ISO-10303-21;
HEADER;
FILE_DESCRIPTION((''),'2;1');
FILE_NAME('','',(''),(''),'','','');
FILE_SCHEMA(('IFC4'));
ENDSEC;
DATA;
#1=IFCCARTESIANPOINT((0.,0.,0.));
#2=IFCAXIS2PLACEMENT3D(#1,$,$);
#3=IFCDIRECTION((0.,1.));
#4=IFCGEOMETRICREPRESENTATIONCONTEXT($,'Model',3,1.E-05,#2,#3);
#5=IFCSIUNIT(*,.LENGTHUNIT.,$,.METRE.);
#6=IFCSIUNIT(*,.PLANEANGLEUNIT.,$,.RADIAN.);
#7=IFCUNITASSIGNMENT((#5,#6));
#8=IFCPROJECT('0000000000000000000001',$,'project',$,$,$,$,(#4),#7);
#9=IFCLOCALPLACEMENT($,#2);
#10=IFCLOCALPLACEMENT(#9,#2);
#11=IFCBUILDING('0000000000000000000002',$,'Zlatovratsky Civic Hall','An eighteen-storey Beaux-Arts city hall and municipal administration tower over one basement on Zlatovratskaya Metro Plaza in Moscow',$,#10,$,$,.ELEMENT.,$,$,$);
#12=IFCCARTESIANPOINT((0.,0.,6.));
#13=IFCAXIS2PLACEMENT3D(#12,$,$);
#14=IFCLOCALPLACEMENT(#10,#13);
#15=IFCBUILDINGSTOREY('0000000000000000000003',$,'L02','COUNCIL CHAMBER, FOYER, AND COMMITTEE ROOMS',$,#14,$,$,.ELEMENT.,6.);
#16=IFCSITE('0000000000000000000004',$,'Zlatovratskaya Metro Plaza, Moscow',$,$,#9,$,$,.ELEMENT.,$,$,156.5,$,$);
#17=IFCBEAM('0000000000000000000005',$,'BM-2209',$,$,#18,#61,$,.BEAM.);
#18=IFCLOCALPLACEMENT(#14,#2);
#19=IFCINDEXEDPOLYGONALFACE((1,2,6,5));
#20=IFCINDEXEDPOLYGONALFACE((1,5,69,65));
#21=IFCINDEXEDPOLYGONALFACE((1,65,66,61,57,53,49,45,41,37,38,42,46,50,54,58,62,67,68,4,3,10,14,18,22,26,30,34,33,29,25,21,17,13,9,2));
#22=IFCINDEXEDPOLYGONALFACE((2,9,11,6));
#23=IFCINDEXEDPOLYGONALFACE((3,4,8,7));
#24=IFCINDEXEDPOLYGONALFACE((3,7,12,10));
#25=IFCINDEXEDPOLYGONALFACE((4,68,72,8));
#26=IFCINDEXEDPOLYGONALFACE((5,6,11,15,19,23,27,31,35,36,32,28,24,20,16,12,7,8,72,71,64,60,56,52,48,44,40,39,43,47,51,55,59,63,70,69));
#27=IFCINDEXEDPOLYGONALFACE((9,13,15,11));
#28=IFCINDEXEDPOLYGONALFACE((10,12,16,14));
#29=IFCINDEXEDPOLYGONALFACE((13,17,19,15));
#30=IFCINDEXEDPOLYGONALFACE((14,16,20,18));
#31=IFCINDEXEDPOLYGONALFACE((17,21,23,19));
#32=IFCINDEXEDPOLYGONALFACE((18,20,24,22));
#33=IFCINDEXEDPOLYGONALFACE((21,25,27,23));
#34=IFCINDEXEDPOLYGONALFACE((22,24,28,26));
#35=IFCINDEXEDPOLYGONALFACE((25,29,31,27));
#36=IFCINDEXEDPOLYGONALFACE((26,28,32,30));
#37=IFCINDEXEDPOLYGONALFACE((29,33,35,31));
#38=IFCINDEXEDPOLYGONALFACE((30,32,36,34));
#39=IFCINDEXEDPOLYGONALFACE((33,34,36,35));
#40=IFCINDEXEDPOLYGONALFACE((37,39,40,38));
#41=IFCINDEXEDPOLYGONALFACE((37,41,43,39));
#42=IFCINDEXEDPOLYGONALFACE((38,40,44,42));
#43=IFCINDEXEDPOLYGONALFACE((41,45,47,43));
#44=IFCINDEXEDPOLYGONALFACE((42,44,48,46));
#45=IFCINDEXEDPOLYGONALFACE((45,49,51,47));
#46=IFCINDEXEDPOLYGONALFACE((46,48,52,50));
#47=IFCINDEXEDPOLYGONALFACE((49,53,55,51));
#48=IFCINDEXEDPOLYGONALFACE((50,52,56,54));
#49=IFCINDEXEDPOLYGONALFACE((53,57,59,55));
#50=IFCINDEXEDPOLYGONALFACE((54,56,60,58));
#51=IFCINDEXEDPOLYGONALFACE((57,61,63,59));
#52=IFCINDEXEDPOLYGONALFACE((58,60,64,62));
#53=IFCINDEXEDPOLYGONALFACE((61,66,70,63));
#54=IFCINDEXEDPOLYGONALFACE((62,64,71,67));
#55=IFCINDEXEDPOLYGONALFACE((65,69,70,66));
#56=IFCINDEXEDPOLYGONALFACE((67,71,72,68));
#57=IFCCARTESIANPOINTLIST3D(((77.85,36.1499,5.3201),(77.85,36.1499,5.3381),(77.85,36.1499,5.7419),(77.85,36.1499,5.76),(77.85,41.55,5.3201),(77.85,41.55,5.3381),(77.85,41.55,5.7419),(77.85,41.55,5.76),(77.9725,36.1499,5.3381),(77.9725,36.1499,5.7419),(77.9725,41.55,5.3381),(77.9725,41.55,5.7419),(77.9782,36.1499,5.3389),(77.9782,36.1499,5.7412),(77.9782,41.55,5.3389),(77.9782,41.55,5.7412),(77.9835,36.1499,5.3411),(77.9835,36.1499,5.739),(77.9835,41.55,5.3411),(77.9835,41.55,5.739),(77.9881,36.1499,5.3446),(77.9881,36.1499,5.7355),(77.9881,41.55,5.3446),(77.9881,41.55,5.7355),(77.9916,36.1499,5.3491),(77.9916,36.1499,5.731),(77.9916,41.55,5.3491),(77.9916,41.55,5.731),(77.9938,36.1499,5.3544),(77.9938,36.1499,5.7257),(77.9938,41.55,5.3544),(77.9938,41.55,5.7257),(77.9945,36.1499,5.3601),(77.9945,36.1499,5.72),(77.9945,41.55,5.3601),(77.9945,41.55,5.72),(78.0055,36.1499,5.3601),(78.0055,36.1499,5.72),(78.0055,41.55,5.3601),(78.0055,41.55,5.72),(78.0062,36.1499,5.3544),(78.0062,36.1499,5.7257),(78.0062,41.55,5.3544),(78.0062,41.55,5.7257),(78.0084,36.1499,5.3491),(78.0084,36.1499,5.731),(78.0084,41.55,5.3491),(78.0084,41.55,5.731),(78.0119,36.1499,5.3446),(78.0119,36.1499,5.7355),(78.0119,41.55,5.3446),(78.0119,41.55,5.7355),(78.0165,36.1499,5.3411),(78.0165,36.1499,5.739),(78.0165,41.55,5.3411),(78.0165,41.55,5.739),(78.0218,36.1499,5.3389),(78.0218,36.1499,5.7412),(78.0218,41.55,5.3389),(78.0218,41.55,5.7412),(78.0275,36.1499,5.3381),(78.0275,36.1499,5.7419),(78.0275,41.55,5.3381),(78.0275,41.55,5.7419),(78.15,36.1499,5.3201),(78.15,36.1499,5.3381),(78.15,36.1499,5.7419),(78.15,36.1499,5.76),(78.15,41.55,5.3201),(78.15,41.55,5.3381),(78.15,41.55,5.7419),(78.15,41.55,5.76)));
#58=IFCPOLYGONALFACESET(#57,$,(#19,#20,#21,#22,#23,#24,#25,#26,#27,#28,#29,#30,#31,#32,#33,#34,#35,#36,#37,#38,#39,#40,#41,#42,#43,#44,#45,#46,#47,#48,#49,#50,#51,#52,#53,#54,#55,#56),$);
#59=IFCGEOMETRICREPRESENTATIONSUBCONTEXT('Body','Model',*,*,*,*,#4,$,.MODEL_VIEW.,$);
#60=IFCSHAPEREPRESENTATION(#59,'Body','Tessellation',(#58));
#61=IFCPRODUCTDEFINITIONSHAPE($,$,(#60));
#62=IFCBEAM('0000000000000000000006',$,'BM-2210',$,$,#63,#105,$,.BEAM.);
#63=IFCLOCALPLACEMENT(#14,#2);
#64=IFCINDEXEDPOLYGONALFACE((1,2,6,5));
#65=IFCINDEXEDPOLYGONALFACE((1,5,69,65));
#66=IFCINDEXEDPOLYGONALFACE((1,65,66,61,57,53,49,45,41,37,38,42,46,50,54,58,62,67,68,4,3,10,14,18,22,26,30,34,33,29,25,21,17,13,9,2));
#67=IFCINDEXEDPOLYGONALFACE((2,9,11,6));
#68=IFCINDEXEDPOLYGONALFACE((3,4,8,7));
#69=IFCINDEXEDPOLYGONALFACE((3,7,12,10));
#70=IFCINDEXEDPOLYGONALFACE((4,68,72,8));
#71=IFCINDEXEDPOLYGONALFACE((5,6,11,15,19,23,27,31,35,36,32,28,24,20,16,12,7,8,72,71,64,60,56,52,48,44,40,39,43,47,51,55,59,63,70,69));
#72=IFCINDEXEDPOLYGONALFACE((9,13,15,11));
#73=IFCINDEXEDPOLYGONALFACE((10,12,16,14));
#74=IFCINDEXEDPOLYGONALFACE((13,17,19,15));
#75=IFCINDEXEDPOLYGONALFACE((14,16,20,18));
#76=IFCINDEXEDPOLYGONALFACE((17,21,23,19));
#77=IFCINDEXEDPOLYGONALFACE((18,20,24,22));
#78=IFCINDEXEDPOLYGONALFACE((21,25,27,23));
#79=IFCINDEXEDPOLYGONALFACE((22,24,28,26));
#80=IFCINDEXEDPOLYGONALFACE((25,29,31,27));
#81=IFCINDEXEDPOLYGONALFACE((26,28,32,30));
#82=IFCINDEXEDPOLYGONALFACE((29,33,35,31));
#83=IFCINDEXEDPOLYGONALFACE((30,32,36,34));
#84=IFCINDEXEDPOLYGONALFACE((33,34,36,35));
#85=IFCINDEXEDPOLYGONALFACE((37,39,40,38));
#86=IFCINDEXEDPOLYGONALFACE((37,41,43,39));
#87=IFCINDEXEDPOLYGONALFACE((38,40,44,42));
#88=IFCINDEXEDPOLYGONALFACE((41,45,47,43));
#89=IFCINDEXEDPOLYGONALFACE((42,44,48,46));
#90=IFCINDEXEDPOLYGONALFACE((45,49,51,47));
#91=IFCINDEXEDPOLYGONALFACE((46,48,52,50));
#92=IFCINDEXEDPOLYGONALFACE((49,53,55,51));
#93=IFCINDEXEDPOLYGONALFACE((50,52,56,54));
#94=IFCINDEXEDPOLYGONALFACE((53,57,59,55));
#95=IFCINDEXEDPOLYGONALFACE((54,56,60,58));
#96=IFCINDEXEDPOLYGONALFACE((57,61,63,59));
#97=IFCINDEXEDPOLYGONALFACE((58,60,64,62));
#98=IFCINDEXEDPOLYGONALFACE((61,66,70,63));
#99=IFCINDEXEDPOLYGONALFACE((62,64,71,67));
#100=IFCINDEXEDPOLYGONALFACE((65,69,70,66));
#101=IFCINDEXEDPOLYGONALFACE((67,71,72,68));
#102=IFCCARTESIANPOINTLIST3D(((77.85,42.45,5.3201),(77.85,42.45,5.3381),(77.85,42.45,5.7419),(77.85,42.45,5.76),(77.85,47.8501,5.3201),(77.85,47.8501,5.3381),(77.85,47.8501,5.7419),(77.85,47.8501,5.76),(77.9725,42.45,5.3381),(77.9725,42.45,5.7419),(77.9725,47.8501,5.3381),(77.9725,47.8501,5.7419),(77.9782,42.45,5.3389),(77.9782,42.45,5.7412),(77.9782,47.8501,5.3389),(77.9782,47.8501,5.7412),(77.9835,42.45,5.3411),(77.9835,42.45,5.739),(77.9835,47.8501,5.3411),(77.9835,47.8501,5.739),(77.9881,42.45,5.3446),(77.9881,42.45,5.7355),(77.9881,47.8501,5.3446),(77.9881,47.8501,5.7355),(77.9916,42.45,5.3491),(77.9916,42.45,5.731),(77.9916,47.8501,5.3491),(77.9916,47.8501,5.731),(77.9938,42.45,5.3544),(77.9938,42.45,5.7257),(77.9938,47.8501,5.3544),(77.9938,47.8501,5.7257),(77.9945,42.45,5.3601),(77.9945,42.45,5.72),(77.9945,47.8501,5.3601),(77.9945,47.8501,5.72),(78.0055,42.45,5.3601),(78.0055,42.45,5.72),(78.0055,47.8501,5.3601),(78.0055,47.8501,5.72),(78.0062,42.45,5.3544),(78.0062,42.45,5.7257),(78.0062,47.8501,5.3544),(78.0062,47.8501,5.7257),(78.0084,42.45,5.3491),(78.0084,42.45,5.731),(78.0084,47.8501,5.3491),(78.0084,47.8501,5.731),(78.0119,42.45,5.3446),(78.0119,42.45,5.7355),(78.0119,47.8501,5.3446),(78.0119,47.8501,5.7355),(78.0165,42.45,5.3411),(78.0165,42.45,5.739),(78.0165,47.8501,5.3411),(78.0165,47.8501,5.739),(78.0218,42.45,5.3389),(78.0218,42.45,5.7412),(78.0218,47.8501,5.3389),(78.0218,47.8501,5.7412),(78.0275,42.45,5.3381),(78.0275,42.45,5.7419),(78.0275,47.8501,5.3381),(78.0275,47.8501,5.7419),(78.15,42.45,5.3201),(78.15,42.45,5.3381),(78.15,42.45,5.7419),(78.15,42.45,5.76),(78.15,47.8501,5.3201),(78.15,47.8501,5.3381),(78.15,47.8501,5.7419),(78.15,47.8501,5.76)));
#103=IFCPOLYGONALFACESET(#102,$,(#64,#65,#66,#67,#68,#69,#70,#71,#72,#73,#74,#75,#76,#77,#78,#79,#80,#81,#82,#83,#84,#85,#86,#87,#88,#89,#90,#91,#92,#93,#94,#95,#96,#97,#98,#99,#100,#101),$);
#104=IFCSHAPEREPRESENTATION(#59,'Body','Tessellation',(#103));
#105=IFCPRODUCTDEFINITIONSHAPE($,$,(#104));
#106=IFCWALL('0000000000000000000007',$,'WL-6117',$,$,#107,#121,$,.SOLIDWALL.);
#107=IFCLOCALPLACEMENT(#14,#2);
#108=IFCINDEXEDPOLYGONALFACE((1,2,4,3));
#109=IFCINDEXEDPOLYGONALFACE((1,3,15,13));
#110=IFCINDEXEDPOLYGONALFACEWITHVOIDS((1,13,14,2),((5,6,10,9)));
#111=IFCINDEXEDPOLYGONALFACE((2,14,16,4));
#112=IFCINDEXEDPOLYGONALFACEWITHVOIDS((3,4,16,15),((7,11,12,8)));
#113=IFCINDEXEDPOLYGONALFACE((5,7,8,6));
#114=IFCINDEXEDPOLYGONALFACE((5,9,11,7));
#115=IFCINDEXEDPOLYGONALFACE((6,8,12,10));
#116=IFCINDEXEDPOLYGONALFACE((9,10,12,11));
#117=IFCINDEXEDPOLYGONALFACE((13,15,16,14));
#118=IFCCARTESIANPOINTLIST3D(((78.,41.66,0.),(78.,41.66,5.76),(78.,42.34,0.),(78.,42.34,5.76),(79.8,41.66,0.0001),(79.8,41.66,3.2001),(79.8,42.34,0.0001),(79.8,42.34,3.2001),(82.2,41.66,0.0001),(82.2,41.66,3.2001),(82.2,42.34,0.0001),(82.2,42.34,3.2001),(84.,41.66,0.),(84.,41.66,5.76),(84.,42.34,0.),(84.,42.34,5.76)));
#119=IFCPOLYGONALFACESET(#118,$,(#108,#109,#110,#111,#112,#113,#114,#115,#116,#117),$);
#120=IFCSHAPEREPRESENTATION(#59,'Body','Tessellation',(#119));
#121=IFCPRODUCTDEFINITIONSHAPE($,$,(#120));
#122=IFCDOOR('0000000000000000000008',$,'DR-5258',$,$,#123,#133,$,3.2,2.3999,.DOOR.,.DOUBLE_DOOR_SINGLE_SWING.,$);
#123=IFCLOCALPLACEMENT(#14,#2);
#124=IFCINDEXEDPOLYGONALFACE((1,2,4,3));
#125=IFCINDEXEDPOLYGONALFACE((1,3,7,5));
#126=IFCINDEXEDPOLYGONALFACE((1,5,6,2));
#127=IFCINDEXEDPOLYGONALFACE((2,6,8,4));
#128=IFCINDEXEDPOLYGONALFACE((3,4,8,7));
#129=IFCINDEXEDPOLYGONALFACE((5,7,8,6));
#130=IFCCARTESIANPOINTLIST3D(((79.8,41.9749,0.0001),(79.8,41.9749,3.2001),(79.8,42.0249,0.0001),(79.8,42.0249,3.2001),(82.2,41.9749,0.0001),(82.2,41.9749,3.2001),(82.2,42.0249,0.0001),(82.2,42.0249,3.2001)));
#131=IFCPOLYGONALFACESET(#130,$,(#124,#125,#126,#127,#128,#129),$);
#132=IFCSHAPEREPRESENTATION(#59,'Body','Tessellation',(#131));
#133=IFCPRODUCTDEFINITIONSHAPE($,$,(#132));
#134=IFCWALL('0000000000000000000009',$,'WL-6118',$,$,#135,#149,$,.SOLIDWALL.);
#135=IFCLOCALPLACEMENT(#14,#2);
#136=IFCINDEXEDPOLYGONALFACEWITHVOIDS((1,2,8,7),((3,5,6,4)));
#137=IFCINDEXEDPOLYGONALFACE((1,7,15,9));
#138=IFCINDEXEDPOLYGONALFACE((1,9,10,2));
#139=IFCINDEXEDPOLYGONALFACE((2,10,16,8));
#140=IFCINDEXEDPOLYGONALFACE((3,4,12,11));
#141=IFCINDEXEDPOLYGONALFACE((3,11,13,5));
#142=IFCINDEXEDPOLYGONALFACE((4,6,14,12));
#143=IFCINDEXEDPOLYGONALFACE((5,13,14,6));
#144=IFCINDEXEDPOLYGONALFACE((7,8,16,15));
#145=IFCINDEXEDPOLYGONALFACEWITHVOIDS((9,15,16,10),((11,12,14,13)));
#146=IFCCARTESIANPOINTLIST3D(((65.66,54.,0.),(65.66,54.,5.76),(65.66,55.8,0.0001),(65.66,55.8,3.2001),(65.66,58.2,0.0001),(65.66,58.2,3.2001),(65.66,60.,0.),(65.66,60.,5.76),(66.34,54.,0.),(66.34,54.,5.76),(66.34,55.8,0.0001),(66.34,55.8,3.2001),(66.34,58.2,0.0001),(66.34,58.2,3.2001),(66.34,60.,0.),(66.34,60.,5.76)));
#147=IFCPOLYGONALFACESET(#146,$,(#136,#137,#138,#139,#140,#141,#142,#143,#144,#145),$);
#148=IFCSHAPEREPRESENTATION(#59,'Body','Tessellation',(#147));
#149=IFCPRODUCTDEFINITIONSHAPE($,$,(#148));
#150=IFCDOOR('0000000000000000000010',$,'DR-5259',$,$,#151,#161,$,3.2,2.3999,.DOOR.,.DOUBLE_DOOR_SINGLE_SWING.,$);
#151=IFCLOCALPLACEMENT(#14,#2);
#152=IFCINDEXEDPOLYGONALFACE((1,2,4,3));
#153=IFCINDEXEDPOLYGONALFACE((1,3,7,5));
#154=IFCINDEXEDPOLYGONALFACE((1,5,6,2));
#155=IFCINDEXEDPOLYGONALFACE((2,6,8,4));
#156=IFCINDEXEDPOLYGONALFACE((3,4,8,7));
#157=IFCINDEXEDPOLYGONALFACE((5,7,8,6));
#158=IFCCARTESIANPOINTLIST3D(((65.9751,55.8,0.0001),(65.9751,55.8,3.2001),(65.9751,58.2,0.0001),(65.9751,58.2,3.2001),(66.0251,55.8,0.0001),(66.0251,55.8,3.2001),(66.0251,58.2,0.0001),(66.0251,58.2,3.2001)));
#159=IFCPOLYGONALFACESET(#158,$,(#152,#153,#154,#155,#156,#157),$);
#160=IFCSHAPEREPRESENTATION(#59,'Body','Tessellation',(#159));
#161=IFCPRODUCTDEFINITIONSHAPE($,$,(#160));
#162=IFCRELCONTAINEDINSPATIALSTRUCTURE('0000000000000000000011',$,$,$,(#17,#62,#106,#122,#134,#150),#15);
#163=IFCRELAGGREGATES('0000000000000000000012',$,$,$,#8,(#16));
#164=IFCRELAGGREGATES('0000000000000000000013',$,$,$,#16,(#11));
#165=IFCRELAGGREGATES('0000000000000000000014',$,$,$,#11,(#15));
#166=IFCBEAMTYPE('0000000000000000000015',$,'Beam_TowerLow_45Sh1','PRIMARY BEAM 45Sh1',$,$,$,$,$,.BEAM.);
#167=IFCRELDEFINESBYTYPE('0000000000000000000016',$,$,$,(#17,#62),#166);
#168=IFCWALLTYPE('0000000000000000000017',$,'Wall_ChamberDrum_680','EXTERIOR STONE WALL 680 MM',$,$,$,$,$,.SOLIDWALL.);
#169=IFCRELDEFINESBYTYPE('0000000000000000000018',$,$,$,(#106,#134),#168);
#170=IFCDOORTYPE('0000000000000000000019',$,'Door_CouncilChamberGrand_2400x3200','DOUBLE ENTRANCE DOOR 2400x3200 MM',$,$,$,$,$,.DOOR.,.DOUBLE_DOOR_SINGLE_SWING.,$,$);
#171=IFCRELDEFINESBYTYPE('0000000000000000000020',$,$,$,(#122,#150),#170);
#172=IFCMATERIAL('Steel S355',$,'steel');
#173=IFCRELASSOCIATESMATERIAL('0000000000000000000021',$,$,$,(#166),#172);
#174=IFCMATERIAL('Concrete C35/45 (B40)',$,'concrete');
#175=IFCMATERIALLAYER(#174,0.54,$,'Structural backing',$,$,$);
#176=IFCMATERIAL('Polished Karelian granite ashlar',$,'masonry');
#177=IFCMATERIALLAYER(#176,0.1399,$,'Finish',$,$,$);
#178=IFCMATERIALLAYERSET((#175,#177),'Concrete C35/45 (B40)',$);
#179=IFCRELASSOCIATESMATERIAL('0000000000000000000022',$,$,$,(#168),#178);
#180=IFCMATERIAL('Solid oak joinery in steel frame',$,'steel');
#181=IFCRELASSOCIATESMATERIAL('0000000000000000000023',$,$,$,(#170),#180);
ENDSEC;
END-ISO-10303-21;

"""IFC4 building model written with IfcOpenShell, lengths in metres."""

from ifc_helpers import new_model, si_unit, direction, frame, frame_2d, origin, origin_2d, place, context, subcontext, project, spatial, rectangle, i_section, extrude, material, layer, layer_set, material_profile, profile_set, type_object, element, fill, save


model = new_model("IFC4")

# Units and contexts
model_context = context("Model", 3, precision=1e-05, world=origin(), true_north=direction((0.0, 1.0)))
body_context = subcontext(model_context, "Body", "Model", "MODEL_VIEW")
ifc_project = project(units=[si_unit("LENGTHUNIT", "METRE"), si_unit("PLANEANGLEUNIT", "RADIAN")], contexts=[model_context])

# Site, building, storey
site_placement = place(None, origin())
site = spatial("IfcSite", under=ifc_project, at=site_placement, Name="Zlatovratskaya Metro Plaza, Moscow", CompositionType="ELEMENT", RefElevation=156.5)
building_placement = place(site_placement, origin())
building = spatial("IfcBuilding", under=site, at=building_placement, Name="Zlatovratsky Civic Hall", Description="An eighteen-storey Beaux-Arts city hall and municipal administration tower over one basement on Zlatovratskaya Metro Plaza in Moscow", CompositionType="ELEMENT")
storey_placement = place(building_placement, frame((0.0, 0.0, 6.0)))
storey = spatial("IfcBuildingStorey", under=building, at=storey_placement, Name="L02", Description="COUNCIL CHAMBER, FOYER, AND COMMITTEE ROOMS", CompositionType="ELEMENT", Elevation=6.0)

# Shared definitions
ifc_material_1 = material(Name="Concrete C35/45 (B40)", Category="concrete")
ifc_material_2 = material(Name="Steel S355", Category="steel")

# Beams
ifc_material_profile_1 = material_profile(ifc_material_2, i_section(OverallWidth=0.3, OverallDepth=0.4399, WebThickness=0.011, FlangeThickness=0.0181, FilletRadius=0.022, at=origin_2d()), Name="45Sh1")
ifc_profile_set_1 = profile_set([ifc_material_profile_1], Name="Steel S355")
beam_type = type_object("IfcBeamType", Name="Beam_TowerLow_45Sh1", Description="PRIMARY BEAM 45Sh1", PredefinedType="BEAM", material=ifc_profile_set_1)
for number, where, z_axis, x_axis, name in (
    (1, (78.0, 36.1499, 5.54), (0.0, 1.0, 0.0), (-1.0, 0.0, 0.0), "BM-2209"),
    (2, (78.0, 42.45, 5.54), (0.0, 1.0, 0.0), (-1.0, 0.0, 0.0), "BM-2210"),
):
    element("IfcBeam", number, at=place(storey_placement, frame(where, z_axis=z_axis, x_axis=x_axis)), inside=storey, type_object=beam_type, Name=name, PredefinedType="BEAM", context=body_context, shape_type="SweptSolid", body=[
        extrude(i_section(OverallWidth=0.3, OverallDepth=0.4399, WebThickness=0.011, FlangeThickness=0.0181, FilletRadius=0.022, at=origin_2d()), origin(), (0.0, 0.0, 1.0), 5.4001),
    ])

# Walls, openings, doors
ifc_layer_1 = layer(ifc_material_1, 0.54, Name="Structural backing")
ifc_material_3 = material(Name="Polished Karelian granite ashlar", Category="masonry")
ifc_layer_2 = layer(ifc_material_3, 0.1399, Name="Finish")
ifc_layer_set = layer_set([ifc_layer_1, ifc_layer_2], Name="Concrete C35/45 (B40)")
wall_type = type_object("IfcWallType", Name="Wall_ChamberDrum_680", Description="EXTERIOR STONE WALL 680 MM", PredefinedType="SOLIDWALL", material=ifc_layer_set)
wall_1_placement = place(storey_placement, frame((78.0, 42.0, 0.0), z_axis=(0.0, 0.0, 1.0), x_axis=(1.0, 0.0, 0.0)))
wall_1 = element("IfcWall", 3, at=wall_1_placement, inside=storey, type_object=wall_type, Name="WL-6117", PredefinedType="SOLIDWALL", context=body_context, shape_type="SweptSolid", body=[
    extrude(rectangle(XDim=6.0, YDim=0.6799, at=frame_2d((3.0, 0.0))), origin(), (0.0, 0.0, 1.0), 5.76),
])
opening_1_placement = place(wall_1_placement, frame((1.8, 0.0, 0.0)))
opening_1 = element("IfcOpeningElement", 4, at=opening_1_placement, cuts=wall_1, PredefinedType="OPENING", context=body_context, shape_type="SweptSolid", body=[
    extrude(rectangle(XDim=2.3999, YDim=3.2, at=frame_2d((1.2, 1.6001))), frame((0.0, 0.355, 0.0), z_axis=(0.0, -1.0, 0.0), x_axis=(1.0, 0.0, 0.0)), (0.0, 0.0, 1.0), 0.7097),
])
ifc_material_4 = material(Name="Solid oak joinery in steel frame", Category="steel")
door_type = type_object("IfcDoorType", Name="Door_CouncilChamberGrand_2400x3200", Description="DOUBLE ENTRANCE DOOR 2400x3200 MM", OperationType="DOUBLE_DOOR_SINGLE_SWING", PredefinedType="DOOR", material=ifc_material_4)
door_1_placement = place(opening_1_placement, origin())
door_1 = element("IfcDoor", 5, at=door_1_placement, inside=storey, type_object=door_type, Name="DR-5258", OperationType="DOUBLE_DOOR_SINGLE_SWING", OverallHeight=3.2, OverallWidth=2.3999, PredefinedType="DOOR", context=body_context, shape_type="SweptSolid", body=[
    extrude(rectangle(XDim=2.3999, YDim=3.2, at=frame_2d((1.2, 1.6001))), frame((0.0, 0.0249, 0.0), z_axis=(0.0, -1.0, 0.0), x_axis=(1.0, 0.0, 0.0)), (0.0, 0.0, 1.0), 0.05),
])
fill(opening_1, door_1)
wall_2_placement = place(storey_placement, frame((66.0, 54.0, 0.0), z_axis=(0.0, 0.0, 1.0), x_axis=(0.0, 1.0, 0.0)))
wall_2 = element("IfcWall", 6, at=wall_2_placement, inside=storey, type_object=wall_type, Name="WL-6118", PredefinedType="SOLIDWALL", context=body_context, shape_type="SweptSolid", body=[
    extrude(rectangle(XDim=6.0, YDim=0.6799, at=frame_2d((3.0, 0.0))), origin(), (0.0, 0.0, 1.0), 5.76),
])
opening_2_placement = place(wall_2_placement, frame((1.8, 0.0, 0.0)))
opening_2 = element("IfcOpeningElement", 7, at=opening_2_placement, cuts=wall_2, PredefinedType="OPENING", context=body_context, shape_type="SweptSolid", body=[
    extrude(rectangle(XDim=2.3999, YDim=3.2, at=frame_2d((1.2, 1.6001))), frame((0.0, 0.355, 0.0), z_axis=(0.0, -1.0, 0.0), x_axis=(1.0, 0.0, 0.0)), (0.0, 0.0, 1.0), 0.7097),
])
door_2_placement = place(opening_2_placement, origin())
door_2 = element("IfcDoor", 8, at=door_2_placement, inside=storey, type_object=door_type, Name="DR-5259", OperationType="DOUBLE_DOOR_SINGLE_SWING", OverallHeight=3.2, OverallWidth=2.3999, PredefinedType="DOOR", context=body_context, shape_type="SweptSolid", body=[
    extrude(rectangle(XDim=2.3999, YDim=3.2, at=frame_2d((1.2, 1.6001))), frame((0.0, 0.0249, 0.0), z_axis=(0.0, -1.0, 0.0), x_axis=(1.0, 0.0, 0.0)), (0.0, 0.0, 1.0), 0.05),
])
fill(opening_2, door_2)

save(model, "model.ifc")
